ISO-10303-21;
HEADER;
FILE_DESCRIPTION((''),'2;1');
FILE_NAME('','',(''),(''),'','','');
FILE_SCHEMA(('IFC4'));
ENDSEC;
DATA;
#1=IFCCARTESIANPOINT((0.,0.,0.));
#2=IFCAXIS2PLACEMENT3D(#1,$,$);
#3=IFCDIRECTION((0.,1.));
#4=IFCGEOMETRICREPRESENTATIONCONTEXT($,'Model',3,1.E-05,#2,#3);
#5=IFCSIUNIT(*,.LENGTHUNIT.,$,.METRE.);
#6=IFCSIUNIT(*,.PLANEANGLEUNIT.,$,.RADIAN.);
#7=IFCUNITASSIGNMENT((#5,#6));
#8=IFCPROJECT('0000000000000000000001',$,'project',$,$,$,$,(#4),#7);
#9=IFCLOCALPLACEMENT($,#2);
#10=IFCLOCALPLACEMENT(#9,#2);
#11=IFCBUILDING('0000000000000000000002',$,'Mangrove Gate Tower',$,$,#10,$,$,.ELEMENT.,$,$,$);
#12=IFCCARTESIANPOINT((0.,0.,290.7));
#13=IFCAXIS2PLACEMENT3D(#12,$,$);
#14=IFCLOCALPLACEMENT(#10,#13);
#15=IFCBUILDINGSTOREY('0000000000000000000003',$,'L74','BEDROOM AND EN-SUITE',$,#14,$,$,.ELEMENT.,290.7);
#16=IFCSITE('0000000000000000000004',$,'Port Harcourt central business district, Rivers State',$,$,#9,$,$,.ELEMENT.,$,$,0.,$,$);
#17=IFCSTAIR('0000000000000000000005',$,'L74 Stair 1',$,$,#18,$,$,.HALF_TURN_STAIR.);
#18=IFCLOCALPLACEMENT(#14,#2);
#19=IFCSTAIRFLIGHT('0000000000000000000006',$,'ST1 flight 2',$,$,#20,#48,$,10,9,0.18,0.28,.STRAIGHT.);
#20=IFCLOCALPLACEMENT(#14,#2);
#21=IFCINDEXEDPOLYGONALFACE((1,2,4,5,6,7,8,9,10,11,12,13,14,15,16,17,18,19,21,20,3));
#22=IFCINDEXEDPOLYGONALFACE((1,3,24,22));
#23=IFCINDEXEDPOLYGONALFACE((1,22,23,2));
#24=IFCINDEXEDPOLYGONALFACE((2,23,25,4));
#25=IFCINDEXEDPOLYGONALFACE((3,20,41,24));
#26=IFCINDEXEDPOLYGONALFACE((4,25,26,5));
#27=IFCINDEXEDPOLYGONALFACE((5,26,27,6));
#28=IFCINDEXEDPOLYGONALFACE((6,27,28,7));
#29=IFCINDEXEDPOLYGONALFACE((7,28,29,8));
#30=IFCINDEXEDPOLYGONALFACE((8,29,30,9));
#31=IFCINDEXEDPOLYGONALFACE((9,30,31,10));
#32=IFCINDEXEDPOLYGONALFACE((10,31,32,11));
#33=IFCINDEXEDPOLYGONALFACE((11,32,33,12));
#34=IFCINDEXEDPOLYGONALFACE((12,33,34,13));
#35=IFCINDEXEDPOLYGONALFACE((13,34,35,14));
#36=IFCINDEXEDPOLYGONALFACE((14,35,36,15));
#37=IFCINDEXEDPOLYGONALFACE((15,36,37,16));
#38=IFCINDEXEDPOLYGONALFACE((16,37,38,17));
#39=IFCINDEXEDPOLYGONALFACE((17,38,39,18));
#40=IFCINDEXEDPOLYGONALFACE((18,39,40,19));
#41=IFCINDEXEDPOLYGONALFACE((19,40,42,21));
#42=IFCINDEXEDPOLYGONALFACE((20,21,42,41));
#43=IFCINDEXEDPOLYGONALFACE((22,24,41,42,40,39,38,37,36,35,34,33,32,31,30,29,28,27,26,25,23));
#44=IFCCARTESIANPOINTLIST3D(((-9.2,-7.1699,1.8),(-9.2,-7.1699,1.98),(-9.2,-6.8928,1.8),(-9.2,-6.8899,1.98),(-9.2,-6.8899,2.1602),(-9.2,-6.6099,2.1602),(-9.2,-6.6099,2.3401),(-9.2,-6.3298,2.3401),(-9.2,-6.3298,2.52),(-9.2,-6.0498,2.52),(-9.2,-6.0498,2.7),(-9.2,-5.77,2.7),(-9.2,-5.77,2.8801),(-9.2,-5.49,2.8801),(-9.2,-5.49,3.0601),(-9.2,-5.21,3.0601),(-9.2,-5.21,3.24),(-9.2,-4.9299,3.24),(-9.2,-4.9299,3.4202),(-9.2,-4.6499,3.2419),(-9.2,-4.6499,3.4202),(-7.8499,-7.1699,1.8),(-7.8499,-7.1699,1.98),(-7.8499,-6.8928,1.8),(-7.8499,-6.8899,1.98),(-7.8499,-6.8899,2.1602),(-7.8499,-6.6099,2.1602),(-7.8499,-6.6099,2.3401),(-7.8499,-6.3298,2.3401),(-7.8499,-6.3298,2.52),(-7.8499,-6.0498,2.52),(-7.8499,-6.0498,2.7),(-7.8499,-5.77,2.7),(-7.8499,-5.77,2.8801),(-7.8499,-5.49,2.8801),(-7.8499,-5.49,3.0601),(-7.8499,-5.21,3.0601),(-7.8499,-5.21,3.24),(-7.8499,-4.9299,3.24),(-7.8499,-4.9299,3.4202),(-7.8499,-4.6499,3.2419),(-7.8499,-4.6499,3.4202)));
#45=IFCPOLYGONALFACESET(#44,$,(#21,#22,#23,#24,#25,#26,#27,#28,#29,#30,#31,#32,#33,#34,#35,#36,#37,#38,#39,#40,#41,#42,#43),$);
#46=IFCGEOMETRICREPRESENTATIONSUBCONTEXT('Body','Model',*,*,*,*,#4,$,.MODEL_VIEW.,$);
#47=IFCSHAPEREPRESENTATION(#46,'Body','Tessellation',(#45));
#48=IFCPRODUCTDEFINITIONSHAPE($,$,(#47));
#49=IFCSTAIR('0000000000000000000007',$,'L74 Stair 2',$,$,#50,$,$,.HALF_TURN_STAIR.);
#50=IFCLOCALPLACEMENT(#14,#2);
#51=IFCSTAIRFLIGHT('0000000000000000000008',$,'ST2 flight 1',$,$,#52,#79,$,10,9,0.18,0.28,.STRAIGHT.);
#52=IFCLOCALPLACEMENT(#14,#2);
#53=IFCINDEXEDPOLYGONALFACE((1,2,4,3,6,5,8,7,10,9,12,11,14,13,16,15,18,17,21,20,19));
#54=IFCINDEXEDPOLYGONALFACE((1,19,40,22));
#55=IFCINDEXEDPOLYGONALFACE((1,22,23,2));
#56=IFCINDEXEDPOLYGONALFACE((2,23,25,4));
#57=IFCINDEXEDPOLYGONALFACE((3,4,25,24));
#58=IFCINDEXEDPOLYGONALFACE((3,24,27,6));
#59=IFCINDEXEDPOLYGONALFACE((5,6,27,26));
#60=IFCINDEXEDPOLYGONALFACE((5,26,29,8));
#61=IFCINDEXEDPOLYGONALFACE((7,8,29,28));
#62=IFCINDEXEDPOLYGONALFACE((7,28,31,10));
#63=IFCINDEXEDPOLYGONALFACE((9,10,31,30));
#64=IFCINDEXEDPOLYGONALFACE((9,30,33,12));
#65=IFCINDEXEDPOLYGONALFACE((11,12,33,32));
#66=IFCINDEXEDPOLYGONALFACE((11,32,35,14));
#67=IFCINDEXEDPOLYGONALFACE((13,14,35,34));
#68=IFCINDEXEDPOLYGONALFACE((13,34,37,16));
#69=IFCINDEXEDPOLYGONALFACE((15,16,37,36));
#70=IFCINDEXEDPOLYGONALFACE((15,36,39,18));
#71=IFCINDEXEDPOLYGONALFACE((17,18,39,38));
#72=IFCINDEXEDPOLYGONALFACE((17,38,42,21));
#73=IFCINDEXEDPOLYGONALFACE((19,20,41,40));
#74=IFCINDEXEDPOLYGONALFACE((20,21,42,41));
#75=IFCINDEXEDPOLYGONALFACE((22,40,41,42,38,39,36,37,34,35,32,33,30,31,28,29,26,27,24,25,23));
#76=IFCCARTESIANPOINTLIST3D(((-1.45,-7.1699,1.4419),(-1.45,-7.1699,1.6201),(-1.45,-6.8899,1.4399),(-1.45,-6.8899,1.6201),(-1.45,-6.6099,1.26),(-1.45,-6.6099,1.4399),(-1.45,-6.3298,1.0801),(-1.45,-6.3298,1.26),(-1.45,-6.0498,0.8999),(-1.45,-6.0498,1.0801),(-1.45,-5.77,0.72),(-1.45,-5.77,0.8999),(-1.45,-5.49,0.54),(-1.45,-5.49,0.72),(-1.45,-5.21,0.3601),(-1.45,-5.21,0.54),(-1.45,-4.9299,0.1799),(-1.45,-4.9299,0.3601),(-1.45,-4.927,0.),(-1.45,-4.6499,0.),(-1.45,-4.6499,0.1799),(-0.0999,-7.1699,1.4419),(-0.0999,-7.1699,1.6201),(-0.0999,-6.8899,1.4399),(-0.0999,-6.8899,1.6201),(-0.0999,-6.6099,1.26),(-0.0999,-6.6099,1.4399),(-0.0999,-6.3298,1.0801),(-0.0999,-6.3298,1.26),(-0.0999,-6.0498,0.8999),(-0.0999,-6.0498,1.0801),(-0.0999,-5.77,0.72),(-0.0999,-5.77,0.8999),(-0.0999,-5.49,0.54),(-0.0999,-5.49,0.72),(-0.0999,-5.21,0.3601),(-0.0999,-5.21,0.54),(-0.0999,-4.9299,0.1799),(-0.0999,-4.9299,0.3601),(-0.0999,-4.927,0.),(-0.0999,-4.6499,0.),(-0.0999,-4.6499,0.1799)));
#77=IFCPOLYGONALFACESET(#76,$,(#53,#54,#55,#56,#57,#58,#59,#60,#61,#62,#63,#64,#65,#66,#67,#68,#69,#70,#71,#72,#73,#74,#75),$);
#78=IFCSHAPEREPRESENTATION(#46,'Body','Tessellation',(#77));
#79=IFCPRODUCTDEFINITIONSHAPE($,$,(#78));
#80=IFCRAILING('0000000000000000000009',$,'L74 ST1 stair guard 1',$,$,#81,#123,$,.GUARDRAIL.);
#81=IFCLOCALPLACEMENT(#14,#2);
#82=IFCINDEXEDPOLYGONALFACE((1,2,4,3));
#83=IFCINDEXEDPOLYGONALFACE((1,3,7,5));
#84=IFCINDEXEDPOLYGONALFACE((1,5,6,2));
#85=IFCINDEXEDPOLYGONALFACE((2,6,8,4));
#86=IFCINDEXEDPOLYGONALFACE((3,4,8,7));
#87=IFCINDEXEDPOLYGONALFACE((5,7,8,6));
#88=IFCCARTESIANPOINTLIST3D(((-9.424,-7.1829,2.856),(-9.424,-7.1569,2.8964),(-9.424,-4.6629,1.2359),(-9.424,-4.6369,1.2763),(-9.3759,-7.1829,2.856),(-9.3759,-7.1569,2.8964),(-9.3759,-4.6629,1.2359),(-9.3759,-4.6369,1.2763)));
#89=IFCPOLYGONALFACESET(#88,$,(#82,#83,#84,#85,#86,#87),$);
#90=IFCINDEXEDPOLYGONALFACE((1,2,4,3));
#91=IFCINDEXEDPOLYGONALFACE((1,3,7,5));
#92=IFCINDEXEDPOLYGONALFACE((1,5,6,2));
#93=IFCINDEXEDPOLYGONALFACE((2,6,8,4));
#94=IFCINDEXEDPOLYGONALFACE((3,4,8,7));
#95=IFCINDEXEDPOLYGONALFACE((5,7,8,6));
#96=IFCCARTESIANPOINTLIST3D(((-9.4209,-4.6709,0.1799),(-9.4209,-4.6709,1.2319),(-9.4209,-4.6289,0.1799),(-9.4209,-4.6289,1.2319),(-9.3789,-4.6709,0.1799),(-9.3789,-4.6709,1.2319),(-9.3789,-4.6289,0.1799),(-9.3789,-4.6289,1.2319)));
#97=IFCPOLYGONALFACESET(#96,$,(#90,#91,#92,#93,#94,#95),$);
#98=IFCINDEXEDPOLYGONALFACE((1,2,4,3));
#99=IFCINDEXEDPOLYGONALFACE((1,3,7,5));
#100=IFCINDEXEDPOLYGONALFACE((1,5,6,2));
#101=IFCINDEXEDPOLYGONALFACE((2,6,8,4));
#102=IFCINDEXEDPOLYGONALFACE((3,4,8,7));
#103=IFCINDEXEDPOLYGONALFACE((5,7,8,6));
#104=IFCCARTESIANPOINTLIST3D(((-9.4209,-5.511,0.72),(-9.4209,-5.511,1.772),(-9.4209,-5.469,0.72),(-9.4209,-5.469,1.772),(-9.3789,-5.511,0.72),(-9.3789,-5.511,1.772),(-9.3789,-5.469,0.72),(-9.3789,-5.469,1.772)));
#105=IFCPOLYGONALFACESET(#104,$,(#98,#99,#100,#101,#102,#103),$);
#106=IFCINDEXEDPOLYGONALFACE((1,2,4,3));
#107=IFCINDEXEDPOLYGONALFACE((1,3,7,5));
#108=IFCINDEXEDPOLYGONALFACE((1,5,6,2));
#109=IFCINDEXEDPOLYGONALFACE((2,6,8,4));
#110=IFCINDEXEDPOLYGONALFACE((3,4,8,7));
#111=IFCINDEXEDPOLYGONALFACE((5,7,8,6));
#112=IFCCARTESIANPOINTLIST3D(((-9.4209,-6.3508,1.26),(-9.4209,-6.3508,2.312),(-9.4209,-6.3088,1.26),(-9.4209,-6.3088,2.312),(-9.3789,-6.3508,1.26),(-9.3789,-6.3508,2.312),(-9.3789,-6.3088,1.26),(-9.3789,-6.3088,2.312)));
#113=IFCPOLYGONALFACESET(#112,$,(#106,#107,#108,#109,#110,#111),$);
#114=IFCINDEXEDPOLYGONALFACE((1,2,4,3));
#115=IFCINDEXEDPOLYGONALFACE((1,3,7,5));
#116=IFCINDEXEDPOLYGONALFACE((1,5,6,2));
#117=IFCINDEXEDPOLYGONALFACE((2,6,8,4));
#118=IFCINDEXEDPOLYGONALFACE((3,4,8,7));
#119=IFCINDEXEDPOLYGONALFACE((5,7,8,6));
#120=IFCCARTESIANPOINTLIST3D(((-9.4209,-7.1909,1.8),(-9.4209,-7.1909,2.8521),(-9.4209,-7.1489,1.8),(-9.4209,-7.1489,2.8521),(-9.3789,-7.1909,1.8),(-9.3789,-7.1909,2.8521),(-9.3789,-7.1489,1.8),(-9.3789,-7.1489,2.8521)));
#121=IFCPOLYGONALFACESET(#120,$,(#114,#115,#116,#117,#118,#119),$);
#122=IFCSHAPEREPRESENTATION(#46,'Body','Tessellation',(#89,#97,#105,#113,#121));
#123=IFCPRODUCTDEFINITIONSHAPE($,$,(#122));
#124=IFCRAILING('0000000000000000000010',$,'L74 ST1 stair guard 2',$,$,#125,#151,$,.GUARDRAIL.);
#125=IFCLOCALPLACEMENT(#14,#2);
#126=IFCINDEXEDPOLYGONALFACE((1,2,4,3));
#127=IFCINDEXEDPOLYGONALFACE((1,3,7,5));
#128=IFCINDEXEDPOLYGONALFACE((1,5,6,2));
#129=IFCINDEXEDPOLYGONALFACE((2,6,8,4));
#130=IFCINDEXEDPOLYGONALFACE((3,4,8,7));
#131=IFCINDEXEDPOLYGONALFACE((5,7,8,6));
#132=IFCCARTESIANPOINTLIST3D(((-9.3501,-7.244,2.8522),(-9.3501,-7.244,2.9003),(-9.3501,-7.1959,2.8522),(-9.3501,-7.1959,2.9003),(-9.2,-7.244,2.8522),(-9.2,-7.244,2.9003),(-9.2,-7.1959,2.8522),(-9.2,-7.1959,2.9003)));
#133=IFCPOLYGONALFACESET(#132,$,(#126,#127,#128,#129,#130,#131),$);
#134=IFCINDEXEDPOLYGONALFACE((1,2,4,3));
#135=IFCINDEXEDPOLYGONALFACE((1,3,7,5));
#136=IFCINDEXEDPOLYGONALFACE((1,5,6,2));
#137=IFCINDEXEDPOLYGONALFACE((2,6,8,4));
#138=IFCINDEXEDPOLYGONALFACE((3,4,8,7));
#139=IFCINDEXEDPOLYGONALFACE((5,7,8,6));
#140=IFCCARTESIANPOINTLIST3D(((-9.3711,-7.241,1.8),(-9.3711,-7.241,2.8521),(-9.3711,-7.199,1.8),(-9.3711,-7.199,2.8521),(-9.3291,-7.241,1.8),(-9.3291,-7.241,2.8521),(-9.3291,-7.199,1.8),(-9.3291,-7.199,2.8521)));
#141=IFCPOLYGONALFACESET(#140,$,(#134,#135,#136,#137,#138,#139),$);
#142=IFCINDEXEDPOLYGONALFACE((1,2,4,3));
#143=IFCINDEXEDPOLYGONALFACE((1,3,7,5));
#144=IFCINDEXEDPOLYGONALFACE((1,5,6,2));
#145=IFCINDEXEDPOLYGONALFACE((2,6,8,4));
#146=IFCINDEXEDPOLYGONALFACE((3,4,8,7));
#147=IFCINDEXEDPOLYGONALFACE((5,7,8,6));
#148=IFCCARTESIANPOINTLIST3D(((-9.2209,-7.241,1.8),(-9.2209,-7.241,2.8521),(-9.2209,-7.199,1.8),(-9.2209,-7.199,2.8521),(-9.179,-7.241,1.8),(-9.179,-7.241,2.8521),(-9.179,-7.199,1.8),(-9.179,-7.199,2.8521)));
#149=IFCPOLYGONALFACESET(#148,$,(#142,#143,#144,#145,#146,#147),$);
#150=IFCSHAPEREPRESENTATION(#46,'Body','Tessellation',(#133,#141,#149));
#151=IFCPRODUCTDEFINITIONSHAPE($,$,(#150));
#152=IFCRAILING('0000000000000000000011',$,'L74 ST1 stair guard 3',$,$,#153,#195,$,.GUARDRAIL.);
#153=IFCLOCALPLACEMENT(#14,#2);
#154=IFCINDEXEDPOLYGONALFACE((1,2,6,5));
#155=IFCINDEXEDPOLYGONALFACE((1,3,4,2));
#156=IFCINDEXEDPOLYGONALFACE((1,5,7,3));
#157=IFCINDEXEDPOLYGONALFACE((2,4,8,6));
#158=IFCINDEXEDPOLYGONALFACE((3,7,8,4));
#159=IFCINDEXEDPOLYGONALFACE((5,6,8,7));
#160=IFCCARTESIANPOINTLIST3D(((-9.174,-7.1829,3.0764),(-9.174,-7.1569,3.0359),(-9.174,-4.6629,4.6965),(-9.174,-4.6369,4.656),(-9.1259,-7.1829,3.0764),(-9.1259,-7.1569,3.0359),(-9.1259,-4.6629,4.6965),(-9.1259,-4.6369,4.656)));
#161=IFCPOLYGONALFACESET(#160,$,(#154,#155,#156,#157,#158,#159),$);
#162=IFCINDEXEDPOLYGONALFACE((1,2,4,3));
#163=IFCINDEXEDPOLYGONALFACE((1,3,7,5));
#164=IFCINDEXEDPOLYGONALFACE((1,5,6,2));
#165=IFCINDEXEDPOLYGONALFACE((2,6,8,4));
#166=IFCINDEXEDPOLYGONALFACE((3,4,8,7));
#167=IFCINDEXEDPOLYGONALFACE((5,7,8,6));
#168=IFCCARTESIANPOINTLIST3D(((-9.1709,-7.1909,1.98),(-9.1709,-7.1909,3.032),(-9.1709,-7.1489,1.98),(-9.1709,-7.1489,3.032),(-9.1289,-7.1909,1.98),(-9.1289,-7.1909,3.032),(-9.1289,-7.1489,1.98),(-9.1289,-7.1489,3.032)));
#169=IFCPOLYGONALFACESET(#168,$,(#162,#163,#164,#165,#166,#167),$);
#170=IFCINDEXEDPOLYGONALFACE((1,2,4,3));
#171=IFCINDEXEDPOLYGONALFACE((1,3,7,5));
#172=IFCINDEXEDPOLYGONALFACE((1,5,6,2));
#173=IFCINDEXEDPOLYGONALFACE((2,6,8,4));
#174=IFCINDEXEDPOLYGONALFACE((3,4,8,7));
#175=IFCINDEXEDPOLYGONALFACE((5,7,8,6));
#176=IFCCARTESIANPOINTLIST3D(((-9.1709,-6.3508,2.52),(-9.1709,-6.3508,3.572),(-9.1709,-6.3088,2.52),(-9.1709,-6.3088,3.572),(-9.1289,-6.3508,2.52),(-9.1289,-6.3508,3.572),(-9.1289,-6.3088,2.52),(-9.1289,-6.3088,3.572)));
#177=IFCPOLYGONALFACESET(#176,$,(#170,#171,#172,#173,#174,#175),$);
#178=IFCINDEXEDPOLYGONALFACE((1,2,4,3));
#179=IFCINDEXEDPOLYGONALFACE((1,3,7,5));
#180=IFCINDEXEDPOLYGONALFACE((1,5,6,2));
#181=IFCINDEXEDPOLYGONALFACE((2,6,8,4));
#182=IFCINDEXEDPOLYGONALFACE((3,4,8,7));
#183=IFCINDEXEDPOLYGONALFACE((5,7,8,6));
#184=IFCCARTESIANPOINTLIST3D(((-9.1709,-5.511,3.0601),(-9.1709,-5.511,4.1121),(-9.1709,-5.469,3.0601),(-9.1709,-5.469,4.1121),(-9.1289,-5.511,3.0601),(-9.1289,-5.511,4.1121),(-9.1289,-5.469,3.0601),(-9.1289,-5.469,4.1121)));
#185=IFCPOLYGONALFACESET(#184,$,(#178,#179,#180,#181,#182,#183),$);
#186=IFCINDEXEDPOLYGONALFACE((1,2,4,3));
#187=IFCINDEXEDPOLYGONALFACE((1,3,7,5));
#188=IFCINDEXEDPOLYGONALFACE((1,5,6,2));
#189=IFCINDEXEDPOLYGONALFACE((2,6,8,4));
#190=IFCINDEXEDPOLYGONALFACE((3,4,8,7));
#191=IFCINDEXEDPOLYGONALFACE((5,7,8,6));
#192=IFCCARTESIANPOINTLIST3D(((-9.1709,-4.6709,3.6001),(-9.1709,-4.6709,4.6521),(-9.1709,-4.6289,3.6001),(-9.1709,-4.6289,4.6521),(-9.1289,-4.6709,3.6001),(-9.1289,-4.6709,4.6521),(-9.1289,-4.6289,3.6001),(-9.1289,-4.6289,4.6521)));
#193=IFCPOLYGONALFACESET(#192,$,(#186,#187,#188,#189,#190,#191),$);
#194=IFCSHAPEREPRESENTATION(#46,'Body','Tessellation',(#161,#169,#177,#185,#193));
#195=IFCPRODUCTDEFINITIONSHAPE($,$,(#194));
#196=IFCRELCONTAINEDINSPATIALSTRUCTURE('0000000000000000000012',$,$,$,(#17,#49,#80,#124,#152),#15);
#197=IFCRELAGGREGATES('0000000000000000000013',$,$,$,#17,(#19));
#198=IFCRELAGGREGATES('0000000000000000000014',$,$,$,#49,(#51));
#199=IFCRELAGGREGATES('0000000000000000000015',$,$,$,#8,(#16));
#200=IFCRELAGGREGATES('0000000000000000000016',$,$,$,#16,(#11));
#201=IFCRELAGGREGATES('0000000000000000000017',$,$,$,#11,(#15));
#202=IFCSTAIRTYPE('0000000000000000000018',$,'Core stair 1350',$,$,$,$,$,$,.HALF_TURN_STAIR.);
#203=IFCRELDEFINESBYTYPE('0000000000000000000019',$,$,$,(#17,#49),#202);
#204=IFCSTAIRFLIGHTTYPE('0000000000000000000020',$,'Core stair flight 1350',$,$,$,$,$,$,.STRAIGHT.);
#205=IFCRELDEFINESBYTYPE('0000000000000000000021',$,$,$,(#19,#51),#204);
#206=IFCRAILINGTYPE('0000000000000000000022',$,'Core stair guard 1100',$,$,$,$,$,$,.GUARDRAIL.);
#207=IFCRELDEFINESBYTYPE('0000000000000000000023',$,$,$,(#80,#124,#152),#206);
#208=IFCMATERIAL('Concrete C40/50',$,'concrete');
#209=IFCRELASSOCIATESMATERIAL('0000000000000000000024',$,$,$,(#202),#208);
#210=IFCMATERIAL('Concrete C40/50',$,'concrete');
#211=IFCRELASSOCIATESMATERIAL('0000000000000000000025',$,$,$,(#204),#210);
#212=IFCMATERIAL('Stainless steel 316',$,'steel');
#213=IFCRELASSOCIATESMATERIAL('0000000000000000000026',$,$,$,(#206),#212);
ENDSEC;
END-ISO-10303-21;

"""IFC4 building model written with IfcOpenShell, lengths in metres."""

from ifc_helpers import new_model, si_unit, direction, frame, origin, origin_2d, place, context, subcontext, project, spatial, polyline, rectangle, outline, extrude, material, type_object, element, aggregate, save


model = new_model("IFC4")

# Units and contexts
model_context = context("Model", 3, precision=1e-05, world=origin(), true_north=direction((0.0, 1.0)))
body_context = subcontext(model_context, "Body", "Model", "MODEL_VIEW")
ifc_project = project(units=[si_unit("LENGTHUNIT", "METRE"), si_unit("PLANEANGLEUNIT", "RADIAN")], contexts=[model_context])

# Site, building, storey
site_placement = place(None, origin())
site = spatial("IfcSite", under=ifc_project, at=site_placement, Name="Port Harcourt central business district, Rivers State", CompositionType="ELEMENT", RefElevation=0.0)
building_placement = place(site_placement, origin())
building = spatial("IfcBuilding", under=site, at=building_placement, Name="Mangrove Gate Tower", CompositionType="ELEMENT")
storey_placement = place(building_placement, frame((0.0, 0.0, 290.7)))
storey = spatial("IfcBuildingStorey", under=building, at=storey_placement, Name="L74", Description="BEDROOM AND EN-SUITE", CompositionType="ELEMENT", Elevation=290.7)

# Stair, stair flight
ifc_material_1 = material(Name="Concrete C40/50", Category="concrete")
stair_type = type_object("IfcStairType", Name="Core stair 1350", PredefinedType="HALF_TURN_STAIR", material=ifc_material_1)
stair_1_placement = place(storey_placement, origin())
stair_1 = element("IfcStair", 1, at=stair_1_placement, inside=storey, type_object=stair_type, Name="L74 Stair 1", PredefinedType="HALF_TURN_STAIR")
ifc_material_2 = material(Name="Concrete C40/50", Category="concrete")
stair_flight_type = type_object("IfcStairFlightType", Name="Core stair flight 1350", PredefinedType="STRAIGHT", material=ifc_material_2)
stair_flight_1_placement = place(storey_placement, frame((-8.5249, -7.1699, 1.8), z_axis=(0.0, 0.0, 1.0), x_axis=(0.0, 1.0, 0.0)))
stair_flight_1 = element("IfcStairFlight", 2, at=stair_flight_1_placement, type_object=stair_flight_type, Name="ST1 flight 2", NumberOfRisers=10, NumberOfTreads=9, PredefinedType="STRAIGHT", RiserHeight=0.18, TreadLength=0.28, context=body_context, shape_type="SweptSolid", body=[
    extrude(outline(polyline([(0.0, 0.0), (0.0, 0.1799), (0.28, 0.1799), (0.28, 0.3601), (0.5601, 0.3601), (0.5601, 0.54), (0.8401, 0.54), (0.8401, 0.72), (1.1201, 0.72), (1.1201, 0.8999), (1.3999, 0.8999), (1.3999, 1.0801), (1.6799, 1.0801), (1.6799, 1.26), (1.96, 1.26), (1.96, 1.4399), (2.24, 1.4399), (2.24, 1.6201), (2.52, 1.6201), (2.52, 1.8), (2.52, 1.4419), (0.2771, 0.0), (0.0, 0.0)])), frame((0.0, 0.675, 0.0), z_axis=(0.0, -1.0, 0.0), x_axis=(1.0, 0.0, 0.0)), (0.0, 0.0, 1.0), 1.3501),
])
aggregate(stair_1, [stair_flight_1])

# Stair, stair flight
stair_2_placement = place(storey_placement, origin())
stair_2 = element("IfcStair", 3, at=stair_2_placement, inside=storey, type_object=stair_type, Name="L74 Stair 2", PredefinedType="HALF_TURN_STAIR")
stair_flight_2_placement = place(storey_placement, frame((-0.7749, -4.6499, 0.0), z_axis=(0.0, 0.0, 1.0), x_axis=(0.0, -1.0, 0.0)))
stair_flight_2 = element("IfcStairFlight", 4, at=stair_flight_2_placement, type_object=stair_flight_type, Name="ST2 flight 1", NumberOfRisers=10, NumberOfTreads=9, PredefinedType="STRAIGHT", RiserHeight=0.18, TreadLength=0.28, context=body_context, shape_type="SweptSolid", body=[
    extrude(outline(polyline([(0.0, 0.0), (0.0, 0.1799), (0.28, 0.1799), (0.28, 0.3601), (0.5601, 0.3601), (0.5601, 0.54), (0.8401, 0.54), (0.8401, 0.72), (1.1201, 0.72), (1.1201, 0.8999), (1.3999, 0.8999), (1.3999, 1.0801), (1.6799, 1.0801), (1.6799, 1.26), (1.96, 1.26), (1.96, 1.4399), (2.24, 1.4399), (2.24, 1.6201), (2.52, 1.6201), (2.52, 1.8), (2.52, 1.4419), (0.2771, 0.0), (0.0, 0.0)])), frame((0.0, 0.675, 0.0), z_axis=(0.0, -1.0, 0.0), x_axis=(1.0, 0.0, 0.0)), (0.0, 0.0, 1.0), 1.3501),
])
aggregate(stair_2, [stair_flight_2])

# Railings
ifc_material_3 = material(Name="Stainless steel 316", Category="steel")
railing_type_1 = type_object("IfcRailingType", Name="Core stair guard 1100", PredefinedType="GUARDRAIL", material=ifc_material_3)
railing_1_placement = place(storey_placement, frame((-9.3999, -4.6499, 0.1799)))
element("IfcRailing", 5, at=railing_1_placement, inside=storey, type_object=railing_type_1, Name="L74 ST1 stair guard 1", PredefinedType="GUARDRAIL", context=body_context, shape_type="SweptSolid", body=[
    extrude(rectangle(XDim=0.0481, YDim=0.0481, at=origin_2d()), frame((0.0, 0.0, 1.0762), z_axis=(0.0, -0.841163, 0.540782), x_axis=(1.0, 0.0, 0.0)), (0.0, 0.0, 1.0), 2.9958),
    extrude(rectangle(XDim=0.042, YDim=0.042, at=origin_2d()), origin(), (0.0, 0.0, 1.0), 1.052),
    extrude(rectangle(XDim=0.042, YDim=0.042, at=origin_2d()), frame((0.0, -0.8401, 0.54)), (0.0, 0.0, 1.0), 1.052),
    extrude(rectangle(XDim=0.042, YDim=0.042, at=origin_2d()), frame((0.0, -1.6799, 1.0801)), (0.0, 0.0, 1.0), 1.052),
    extrude(rectangle(XDim=0.042, YDim=0.042, at=origin_2d()), frame((0.0, -2.52, 1.6201)), (0.0, 0.0, 1.0), 1.052),
])
railing_2_placement = place(storey_placement, frame((-9.3501, -7.22, 1.8)))
element("IfcRailing", 6, at=railing_2_placement, inside=storey, type_object=railing_type_1, Name="L74 ST1 stair guard 2", PredefinedType="GUARDRAIL", context=body_context, shape_type="SweptSolid", body=[
    extrude(rectangle(XDim=0.0481, YDim=0.0481, at=origin_2d()), frame((0.0, 0.0, 1.0762), z_axis=(1.0, 0.0, 0.0), x_axis=(0.0, 1.0, 0.0)), (0.0, 0.0, 1.0), 0.1501),
    extrude(rectangle(XDim=0.042, YDim=0.042, at=origin_2d()), origin(), (0.0, 0.0, 1.0), 1.052),
    extrude(rectangle(XDim=0.042, YDim=0.042, at=origin_2d()), frame((0.1501, 0.0, 0.0)), (0.0, 0.0, 1.0), 1.052),
])
railing_3_placement = place(storey_placement, frame((-9.1499, -7.1699, 1.98)))
element("IfcRailing", 7, at=railing_3_placement, inside=storey, type_object=railing_type_1, Name="L74 ST1 stair guard 3", PredefinedType="GUARDRAIL", context=body_context, shape_type="SweptSolid", body=[
    extrude(rectangle(XDim=0.0481, YDim=0.0481, at=origin_2d()), frame((0.0, 0.0, 1.0762), z_axis=(0.0, 0.841163, 0.540782), x_axis=(-1.0, 0.0, 0.0)), (0.0, 0.0, 1.0), 2.9958),
    extrude(rectangle(XDim=0.042, YDim=0.042, at=origin_2d()), origin(), (0.0, 0.0, 1.0), 1.052),
    extrude(rectangle(XDim=0.042, YDim=0.042, at=origin_2d()), frame((0.0, 0.8401, 0.54)), (0.0, 0.0, 1.0), 1.052),
    extrude(rectangle(XDim=0.042, YDim=0.042, at=origin_2d()), frame((0.0, 1.6799, 1.0801)), (0.0, 0.0, 1.0), 1.052),
    extrude(rectangle(XDim=0.042, YDim=0.042, at=origin_2d()), frame((0.0, 2.52, 1.6201)), (0.0, 0.0, 1.0), 1.052),
])

save(model, "model.ifc")
